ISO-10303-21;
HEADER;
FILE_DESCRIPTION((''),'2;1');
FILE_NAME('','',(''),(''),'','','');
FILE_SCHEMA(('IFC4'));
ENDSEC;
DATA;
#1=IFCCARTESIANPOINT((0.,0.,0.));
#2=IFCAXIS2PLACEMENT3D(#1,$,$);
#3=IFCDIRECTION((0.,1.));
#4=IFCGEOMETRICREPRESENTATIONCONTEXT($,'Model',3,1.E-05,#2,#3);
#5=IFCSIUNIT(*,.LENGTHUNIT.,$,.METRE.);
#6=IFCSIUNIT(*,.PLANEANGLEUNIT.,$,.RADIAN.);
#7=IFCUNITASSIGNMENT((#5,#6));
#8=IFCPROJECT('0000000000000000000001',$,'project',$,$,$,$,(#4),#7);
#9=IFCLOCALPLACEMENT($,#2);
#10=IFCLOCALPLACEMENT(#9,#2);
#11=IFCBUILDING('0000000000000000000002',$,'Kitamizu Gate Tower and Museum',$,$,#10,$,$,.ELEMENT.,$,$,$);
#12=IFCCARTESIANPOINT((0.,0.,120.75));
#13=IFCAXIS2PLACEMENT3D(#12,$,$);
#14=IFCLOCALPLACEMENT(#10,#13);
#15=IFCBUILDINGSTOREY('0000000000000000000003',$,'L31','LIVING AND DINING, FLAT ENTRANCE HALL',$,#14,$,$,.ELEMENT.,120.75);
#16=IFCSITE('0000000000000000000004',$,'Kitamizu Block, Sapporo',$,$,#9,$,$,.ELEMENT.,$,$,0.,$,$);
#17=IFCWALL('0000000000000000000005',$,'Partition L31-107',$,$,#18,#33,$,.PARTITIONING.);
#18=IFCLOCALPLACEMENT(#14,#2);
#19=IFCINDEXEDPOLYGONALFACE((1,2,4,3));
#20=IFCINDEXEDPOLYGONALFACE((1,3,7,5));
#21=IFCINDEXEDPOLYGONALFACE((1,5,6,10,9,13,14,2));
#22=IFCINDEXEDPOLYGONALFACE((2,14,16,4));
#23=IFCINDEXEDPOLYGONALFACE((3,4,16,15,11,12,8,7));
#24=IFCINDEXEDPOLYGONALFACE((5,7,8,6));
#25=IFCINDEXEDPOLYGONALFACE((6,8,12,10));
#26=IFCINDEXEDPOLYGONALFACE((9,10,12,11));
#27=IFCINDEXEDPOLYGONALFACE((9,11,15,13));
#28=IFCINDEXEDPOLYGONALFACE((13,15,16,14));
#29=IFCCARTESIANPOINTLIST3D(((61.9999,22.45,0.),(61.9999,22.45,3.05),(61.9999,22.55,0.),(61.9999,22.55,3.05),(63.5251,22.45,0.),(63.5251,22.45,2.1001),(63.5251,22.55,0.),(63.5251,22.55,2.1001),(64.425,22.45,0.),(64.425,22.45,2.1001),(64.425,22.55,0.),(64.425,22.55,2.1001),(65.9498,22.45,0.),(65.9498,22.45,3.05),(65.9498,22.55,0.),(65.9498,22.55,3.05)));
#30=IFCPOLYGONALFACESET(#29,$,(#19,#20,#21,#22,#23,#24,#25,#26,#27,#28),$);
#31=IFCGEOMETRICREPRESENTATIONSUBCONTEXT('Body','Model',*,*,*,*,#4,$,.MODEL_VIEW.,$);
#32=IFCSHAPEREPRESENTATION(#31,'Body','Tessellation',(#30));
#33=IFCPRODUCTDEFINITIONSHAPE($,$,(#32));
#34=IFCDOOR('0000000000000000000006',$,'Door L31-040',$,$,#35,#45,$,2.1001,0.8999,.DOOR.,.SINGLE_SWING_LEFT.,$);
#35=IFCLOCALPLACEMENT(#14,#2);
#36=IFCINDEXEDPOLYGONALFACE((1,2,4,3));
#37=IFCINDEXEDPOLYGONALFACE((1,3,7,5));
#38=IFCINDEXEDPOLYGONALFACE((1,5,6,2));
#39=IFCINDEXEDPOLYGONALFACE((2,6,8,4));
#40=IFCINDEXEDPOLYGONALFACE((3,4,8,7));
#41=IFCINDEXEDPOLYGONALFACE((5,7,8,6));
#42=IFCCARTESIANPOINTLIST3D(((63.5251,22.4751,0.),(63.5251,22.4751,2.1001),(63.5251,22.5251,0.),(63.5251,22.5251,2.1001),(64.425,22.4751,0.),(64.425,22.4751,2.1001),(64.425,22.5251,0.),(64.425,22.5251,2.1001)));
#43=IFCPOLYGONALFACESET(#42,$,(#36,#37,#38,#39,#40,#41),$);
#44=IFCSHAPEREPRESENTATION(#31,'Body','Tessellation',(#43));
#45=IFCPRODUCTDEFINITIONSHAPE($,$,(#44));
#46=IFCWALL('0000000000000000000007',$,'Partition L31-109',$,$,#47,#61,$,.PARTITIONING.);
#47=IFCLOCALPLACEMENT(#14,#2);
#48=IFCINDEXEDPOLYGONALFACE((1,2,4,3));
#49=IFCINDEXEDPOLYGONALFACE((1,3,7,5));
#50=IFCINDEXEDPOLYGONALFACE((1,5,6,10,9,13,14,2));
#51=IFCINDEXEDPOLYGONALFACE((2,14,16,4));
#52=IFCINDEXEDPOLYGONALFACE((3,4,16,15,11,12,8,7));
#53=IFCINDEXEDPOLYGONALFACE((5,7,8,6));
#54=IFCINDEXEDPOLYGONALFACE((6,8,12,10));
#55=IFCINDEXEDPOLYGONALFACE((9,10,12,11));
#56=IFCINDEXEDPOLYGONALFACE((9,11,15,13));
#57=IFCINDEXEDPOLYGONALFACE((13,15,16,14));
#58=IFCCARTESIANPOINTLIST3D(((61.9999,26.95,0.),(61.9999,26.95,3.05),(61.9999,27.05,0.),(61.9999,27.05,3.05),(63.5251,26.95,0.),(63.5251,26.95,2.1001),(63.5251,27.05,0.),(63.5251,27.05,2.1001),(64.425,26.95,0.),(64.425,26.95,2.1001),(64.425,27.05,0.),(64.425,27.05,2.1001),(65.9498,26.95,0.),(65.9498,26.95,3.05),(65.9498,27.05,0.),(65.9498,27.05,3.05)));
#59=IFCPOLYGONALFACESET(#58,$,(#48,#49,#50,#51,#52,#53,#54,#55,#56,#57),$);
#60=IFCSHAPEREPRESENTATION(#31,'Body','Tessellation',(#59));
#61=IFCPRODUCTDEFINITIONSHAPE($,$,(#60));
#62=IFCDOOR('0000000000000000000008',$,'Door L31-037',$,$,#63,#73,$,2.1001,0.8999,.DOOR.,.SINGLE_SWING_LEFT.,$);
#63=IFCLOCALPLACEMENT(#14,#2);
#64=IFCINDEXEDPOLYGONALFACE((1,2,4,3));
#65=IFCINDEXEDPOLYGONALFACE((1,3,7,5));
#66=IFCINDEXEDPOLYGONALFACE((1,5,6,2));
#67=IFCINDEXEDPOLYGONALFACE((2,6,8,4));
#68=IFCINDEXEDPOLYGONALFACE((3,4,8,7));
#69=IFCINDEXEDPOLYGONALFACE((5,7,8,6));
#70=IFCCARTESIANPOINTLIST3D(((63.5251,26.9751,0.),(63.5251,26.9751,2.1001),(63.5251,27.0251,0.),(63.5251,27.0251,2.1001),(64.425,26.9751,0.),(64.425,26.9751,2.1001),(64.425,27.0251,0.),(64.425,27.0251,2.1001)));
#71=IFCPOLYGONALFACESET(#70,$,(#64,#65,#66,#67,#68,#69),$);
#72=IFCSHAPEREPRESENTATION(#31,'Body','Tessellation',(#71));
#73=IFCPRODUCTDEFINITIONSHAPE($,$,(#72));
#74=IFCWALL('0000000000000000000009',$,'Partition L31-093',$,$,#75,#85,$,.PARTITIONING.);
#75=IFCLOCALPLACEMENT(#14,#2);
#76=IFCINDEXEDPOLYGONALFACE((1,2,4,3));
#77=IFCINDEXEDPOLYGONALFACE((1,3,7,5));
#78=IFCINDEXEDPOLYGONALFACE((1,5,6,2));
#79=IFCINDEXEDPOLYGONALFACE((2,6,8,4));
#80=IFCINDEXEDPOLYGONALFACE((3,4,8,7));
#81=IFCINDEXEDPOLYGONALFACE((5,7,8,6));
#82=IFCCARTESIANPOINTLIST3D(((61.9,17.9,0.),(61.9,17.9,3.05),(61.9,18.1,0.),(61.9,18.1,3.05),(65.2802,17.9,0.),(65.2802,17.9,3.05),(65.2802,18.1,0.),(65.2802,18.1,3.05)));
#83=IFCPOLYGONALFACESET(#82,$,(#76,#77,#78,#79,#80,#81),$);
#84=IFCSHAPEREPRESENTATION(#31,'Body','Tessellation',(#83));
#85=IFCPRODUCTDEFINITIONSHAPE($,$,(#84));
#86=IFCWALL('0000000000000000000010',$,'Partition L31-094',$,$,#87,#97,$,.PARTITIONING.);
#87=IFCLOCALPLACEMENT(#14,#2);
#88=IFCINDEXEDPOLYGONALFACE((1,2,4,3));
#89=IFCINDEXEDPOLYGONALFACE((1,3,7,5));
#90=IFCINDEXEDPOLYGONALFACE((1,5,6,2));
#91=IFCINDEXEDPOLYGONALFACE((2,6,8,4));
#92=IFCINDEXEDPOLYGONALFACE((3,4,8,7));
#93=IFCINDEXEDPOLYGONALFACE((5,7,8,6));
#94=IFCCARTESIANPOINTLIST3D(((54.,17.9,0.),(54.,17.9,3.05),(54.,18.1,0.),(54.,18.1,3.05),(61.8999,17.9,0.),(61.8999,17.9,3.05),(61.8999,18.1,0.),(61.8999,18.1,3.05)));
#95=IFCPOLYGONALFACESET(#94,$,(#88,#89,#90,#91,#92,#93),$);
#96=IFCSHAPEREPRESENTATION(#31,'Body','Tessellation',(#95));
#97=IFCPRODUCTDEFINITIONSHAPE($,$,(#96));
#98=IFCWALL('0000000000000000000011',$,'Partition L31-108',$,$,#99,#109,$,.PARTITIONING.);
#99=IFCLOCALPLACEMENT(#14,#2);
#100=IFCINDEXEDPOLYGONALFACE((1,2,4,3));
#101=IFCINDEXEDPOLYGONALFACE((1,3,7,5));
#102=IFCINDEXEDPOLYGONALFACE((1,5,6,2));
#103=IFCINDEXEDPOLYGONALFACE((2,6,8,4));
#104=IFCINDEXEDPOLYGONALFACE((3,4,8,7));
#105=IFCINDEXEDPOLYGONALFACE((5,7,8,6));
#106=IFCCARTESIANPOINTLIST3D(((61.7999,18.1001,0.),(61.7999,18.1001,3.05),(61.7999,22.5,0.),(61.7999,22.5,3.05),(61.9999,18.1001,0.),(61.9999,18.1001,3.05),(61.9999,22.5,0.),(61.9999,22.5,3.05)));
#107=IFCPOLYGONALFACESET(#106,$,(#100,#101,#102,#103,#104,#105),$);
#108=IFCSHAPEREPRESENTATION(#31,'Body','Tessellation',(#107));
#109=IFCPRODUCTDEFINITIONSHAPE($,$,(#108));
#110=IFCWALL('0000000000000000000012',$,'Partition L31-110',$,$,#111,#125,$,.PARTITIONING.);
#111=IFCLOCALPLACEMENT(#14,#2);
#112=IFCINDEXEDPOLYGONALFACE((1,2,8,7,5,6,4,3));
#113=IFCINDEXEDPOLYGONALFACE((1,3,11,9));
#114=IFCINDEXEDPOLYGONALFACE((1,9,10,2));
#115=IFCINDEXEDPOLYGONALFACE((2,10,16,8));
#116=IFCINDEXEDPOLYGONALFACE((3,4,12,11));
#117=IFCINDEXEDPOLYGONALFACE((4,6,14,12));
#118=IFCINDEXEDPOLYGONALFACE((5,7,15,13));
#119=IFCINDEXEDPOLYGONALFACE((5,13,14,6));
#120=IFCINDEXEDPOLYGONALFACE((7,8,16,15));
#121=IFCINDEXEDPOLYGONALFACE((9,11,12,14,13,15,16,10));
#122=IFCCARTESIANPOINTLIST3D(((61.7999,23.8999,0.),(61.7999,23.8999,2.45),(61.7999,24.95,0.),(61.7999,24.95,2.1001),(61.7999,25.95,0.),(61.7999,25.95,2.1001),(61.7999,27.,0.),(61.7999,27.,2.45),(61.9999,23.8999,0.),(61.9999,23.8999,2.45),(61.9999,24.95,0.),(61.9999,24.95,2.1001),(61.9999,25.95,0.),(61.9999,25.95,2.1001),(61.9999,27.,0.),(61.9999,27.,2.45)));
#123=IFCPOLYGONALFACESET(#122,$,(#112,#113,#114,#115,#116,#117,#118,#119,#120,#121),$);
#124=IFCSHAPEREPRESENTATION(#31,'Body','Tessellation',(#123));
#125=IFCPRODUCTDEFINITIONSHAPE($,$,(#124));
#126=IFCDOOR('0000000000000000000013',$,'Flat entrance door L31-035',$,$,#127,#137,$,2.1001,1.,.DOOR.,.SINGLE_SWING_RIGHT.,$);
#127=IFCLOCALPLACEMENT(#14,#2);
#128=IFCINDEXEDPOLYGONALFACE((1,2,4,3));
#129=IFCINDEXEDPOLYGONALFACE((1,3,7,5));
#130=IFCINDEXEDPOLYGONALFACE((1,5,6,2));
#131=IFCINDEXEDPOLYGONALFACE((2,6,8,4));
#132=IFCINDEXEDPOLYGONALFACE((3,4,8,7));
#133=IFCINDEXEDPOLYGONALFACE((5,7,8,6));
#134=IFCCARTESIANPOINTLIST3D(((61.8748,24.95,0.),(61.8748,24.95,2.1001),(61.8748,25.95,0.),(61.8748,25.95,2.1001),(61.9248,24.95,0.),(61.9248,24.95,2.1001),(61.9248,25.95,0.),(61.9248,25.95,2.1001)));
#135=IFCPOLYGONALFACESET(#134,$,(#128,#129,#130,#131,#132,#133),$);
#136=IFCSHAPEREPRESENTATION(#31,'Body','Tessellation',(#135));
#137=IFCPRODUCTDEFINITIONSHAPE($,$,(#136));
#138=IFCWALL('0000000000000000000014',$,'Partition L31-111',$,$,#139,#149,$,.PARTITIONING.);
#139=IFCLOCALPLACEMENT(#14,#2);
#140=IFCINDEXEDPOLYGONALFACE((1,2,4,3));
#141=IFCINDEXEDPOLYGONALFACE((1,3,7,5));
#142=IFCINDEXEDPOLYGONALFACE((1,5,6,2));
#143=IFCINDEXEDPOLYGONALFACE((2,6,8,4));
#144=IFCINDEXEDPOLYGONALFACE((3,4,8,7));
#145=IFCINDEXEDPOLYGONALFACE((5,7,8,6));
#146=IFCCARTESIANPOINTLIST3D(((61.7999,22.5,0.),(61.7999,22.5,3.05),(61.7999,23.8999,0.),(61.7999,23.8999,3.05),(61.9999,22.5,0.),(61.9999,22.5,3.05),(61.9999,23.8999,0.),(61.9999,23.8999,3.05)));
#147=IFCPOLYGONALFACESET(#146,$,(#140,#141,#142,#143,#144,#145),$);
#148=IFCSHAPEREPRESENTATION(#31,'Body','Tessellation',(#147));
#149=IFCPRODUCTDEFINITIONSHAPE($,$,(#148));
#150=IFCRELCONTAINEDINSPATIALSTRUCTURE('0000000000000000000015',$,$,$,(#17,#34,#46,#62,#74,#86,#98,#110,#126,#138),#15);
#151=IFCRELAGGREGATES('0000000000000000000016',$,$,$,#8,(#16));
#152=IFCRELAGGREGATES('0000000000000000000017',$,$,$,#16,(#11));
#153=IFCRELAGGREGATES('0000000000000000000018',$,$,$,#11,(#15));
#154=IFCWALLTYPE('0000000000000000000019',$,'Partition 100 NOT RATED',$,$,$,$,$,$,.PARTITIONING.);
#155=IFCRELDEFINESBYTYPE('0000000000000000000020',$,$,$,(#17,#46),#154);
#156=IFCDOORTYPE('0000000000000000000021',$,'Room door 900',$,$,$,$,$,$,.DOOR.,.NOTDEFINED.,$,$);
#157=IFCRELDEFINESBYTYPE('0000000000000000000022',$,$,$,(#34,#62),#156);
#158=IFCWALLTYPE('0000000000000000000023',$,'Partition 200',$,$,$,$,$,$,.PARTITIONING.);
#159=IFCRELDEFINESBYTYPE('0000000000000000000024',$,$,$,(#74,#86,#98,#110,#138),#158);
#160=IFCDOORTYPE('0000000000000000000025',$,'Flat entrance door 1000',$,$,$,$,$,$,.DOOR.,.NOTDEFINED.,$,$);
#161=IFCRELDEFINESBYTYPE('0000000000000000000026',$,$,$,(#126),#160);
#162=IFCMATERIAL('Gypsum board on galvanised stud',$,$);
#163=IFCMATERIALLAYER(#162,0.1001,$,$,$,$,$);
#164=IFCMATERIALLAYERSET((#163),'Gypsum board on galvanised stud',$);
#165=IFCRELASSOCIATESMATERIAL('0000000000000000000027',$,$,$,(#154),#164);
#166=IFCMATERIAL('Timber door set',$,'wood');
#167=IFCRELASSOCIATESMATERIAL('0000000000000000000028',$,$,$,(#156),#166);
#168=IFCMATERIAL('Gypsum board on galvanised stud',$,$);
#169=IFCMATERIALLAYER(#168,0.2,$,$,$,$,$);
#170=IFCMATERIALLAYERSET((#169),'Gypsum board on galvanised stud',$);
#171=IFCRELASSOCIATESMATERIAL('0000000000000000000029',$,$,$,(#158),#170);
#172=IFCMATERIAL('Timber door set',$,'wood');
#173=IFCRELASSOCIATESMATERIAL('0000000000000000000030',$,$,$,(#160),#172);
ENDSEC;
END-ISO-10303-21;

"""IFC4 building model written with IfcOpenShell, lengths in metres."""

from ifc_helpers import new_model, si_unit, direction, frame, frame_2d, origin, place, context, subcontext, project, spatial, rectangle, extrude, material, layer, layer_set, type_object, element, fill, save


model = new_model("IFC4")

# Units and contexts
model_context = context("Model", 3, precision=1e-05, world=origin(), true_north=direction((0.0, 1.0)))
body_context = subcontext(model_context, "Body", "Model", "MODEL_VIEW")
ifc_project = project(units=[si_unit("LENGTHUNIT", "METRE"), si_unit("PLANEANGLEUNIT", "RADIAN")], contexts=[model_context])

# Site, building, storey
site_placement = place(None, origin())
site = spatial("IfcSite", under=ifc_project, at=site_placement, Name="Kitamizu Block, Sapporo", CompositionType="ELEMENT", RefElevation=0.0)
building_placement = place(site_placement, origin())
building = spatial("IfcBuilding", under=site, at=building_placement, Name="Kitamizu Gate Tower and Museum", CompositionType="ELEMENT")
storey_placement = place(building_placement, frame((0.0, 0.0, 120.75)))
storey = spatial("IfcBuildingStorey", under=building, at=storey_placement, Name="L31", Description="LIVING AND DINING, FLAT ENTRANCE HALL", CompositionType="ELEMENT", Elevation=120.75)

# Shared definitions
ifc_material_1 = material(Name="Gypsum board on galvanised stud")
ifc_layer_1 = layer(ifc_material_1, 0.1001)
ifc_layer_set_1 = layer_set([ifc_layer_1], Name="Gypsum board on galvanised stud")
wall_type_1 = type_object("IfcWallType", Name="Partition 100 NOT RATED", PredefinedType="PARTITIONING", material=ifc_layer_set_1)

# Shared definitions
ifc_material_2 = material(Name="Timber door set", Category="wood")
door_type_1 = type_object("IfcDoorType", Name="Room door 900", OperationType="NOTDEFINED", PredefinedType="DOOR", material=ifc_material_2)

# Walls, openings, doors
wall_1_placement = place(storey_placement, frame((65.95, 22.5, 0.0), z_axis=(0.0, 0.0, 1.0), x_axis=(-1.0, 0.0, 0.0)))
wall_1 = element("IfcWall", 1, at=wall_1_placement, inside=storey, type_object=wall_type_1, Name="Partition L31-107", PredefinedType="PARTITIONING", context=body_context, shape_type="SweptSolid", body=[
    extrude(rectangle(XDim=3.95, YDim=0.1001, at=frame_2d((1.9751, 0.0))), origin(), (0.0, 0.0, 1.0), 3.05),
])
opening_1_placement = place(wall_1_placement, frame((1.5249, 0.0, 0.0)))
opening_1 = element("IfcOpeningElement", 2, at=opening_1_placement, cuts=wall_1, PredefinedType="OPENING", context=body_context, shape_type="SweptSolid", body=[
    extrude(rectangle(XDim=0.8999, YDim=2.1001, at=frame_2d((0.45, 1.05))), frame((0.0, 0.0601, 0.0), z_axis=(0.0, -1.0, 0.0), x_axis=(1.0, 0.0, 0.0)), (0.0, 0.0, 1.0), 0.1201),
])
door_1_placement = place(opening_1_placement, origin())
door_1 = element("IfcDoor", 3, at=door_1_placement, inside=storey, type_object=door_type_1, Name="Door L31-040", OperationType="SINGLE_SWING_LEFT", OverallHeight=2.1001, OverallWidth=0.8999, PredefinedType="DOOR", context=body_context, shape_type="SweptSolid", body=[
    extrude(rectangle(XDim=0.8999, YDim=2.1001, at=frame_2d((0.45, 1.05))), frame((0.0, 0.0249, 0.0), z_axis=(0.0, -1.0, 0.0), x_axis=(1.0, 0.0, 0.0)), (0.0, 0.0, 1.0), 0.05),
])
fill(opening_1, door_1)
wall_2_placement = place(storey_placement, frame((65.95, 27.0, 0.0), z_axis=(0.0, 0.0, 1.0), x_axis=(-1.0, 0.0, 0.0)))
wall_2 = element("IfcWall", 4, at=wall_2_placement, inside=storey, type_object=wall_type_1, Name="Partition L31-109", PredefinedType="PARTITIONING", context=body_context, shape_type="SweptSolid", body=[
    extrude(rectangle(XDim=3.95, YDim=0.1001, at=frame_2d((1.9751, 0.0))), origin(), (0.0, 0.0, 1.0), 3.05),
])
opening_2_placement = place(wall_2_placement, frame((1.5249, 0.0, 0.0)))
opening_2 = element("IfcOpeningElement", 5, at=opening_2_placement, cuts=wall_2, PredefinedType="OPENING", context=body_context, shape_type="SweptSolid", body=[
    extrude(rectangle(XDim=0.8999, YDim=2.1001, at=frame_2d((0.45, 1.05))), frame((0.0, 0.0601, 0.0), z_axis=(0.0, -1.0, 0.0), x_axis=(1.0, 0.0, 0.0)), (0.0, 0.0, 1.0), 0.1201),
])
door_2_placement = place(opening_2_placement, origin())
door_2 = element("IfcDoor", 6, at=door_2_placement, inside=storey, type_object=door_type_1, Name="Door L31-037", OperationType="SINGLE_SWING_LEFT", OverallHeight=2.1001, OverallWidth=0.8999, PredefinedType="DOOR", context=body_context, shape_type="SweptSolid", body=[
    extrude(rectangle(XDim=0.8999, YDim=2.1001, at=frame_2d((0.45, 1.05))), frame((0.0, 0.0249, 0.0), z_axis=(0.0, -1.0, 0.0), x_axis=(1.0, 0.0, 0.0)), (0.0, 0.0, 1.0), 0.05),
])
fill(opening_2, door_2)

# Walls
ifc_material_3 = material(Name="Gypsum board on galvanised stud")
ifc_layer_2 = layer(ifc_material_3, 0.2)
ifc_layer_set_2 = layer_set([ifc_layer_2], Name="Gypsum board on galvanised stud")
wall_type_2 = type_object("IfcWallType", Name="Partition 200", PredefinedType="PARTITIONING", material=ifc_layer_set_2)
wall_3_placement = place(storey_placement, frame((65.28, 18.0, 0.0), z_axis=(0.0, 0.0, 1.0), x_axis=(-1.0, 0.0, 0.0)))
element("IfcWall", 7, at=wall_3_placement, inside=storey, type_object=wall_type_2, Name="Partition L31-093", PredefinedType="PARTITIONING", context=body_context, shape_type="SweptSolid", body=[
    extrude(rectangle(XDim=3.3801, YDim=0.2, at=frame_2d((1.6899, 0.0))), origin(), (0.0, 0.0, 1.0), 3.05),
])
wall_4_placement = place(storey_placement, frame((61.8999, 18.0, 0.0), z_axis=(0.0, 0.0, 1.0), x_axis=(-1.0, 0.0, 0.0)))
element("IfcWall", 8, at=wall_4_placement, inside=storey, type_object=wall_type_2, Name="Partition L31-094", PredefinedType="PARTITIONING", context=body_context, shape_type="SweptSolid", body=[
    extrude(rectangle(XDim=7.8999, YDim=0.2, at=frame_2d((3.95, 0.0))), origin(), (0.0, 0.0, 1.0), 3.05),
])
wall_5_placement = place(storey_placement, frame((61.8999, 22.5, 0.0), z_axis=(0.0, 0.0, 1.0), x_axis=(0.0, -1.0, 0.0)))
element("IfcWall", 9, at=wall_5_placement, inside=storey, type_object=wall_type_2, Name="Partition L31-108", PredefinedType="PARTITIONING", context=body_context, shape_type="SweptSolid", body=[
    extrude(rectangle(XDim=4.3999, YDim=0.2, at=frame_2d((2.2, 0.0))), origin(), (0.0, 0.0, 1.0), 3.05),
])

# Wall, opening, door
wall_6_placement = place(storey_placement, frame((61.8999, 27.0, 0.0), z_axis=(0.0, 0.0, 1.0), x_axis=(0.0, -1.0, 0.0)))
wall_6 = element("IfcWall", 10, at=wall_6_placement, inside=storey, type_object=wall_type_2, Name="Partition L31-110", PredefinedType="PARTITIONING", context=body_context, shape_type="SweptSolid", body=[
    extrude(rectangle(XDim=3.1001, YDim=0.2, at=frame_2d((1.55, 0.0))), origin(), (0.0, 0.0, 1.0), 2.45),
])
opening_3_placement = place(wall_6_placement, frame((1.05, 0.0, 0.0)))
opening_3 = element("IfcOpeningElement", 11, at=opening_3_placement, cuts=wall_6, PredefinedType="OPENING", context=body_context, shape_type="SweptSolid", body=[
    extrude(rectangle(XDim=1.0, YDim=2.1001, at=frame_2d((0.5, 1.05))), frame((0.0, 0.1099, 0.0), z_axis=(0.0, -1.0, 0.0), x_axis=(1.0, 0.0, 0.0)), (0.0, 0.0, 1.0), 0.22),
])
ifc_material_4 = material(Name="Timber door set", Category="wood")
door_type_2 = type_object("IfcDoorType", Name="Flat entrance door 1000", OperationType="NOTDEFINED", PredefinedType="DOOR", material=ifc_material_4)
door_3_placement = place(opening_3_placement, origin())
door_3 = element("IfcDoor", 12, at=door_3_placement, inside=storey, type_object=door_type_2, Name="Flat entrance door L31-035", OperationType="SINGLE_SWING_RIGHT", OverallHeight=2.1001, OverallWidth=1.0, PredefinedType="DOOR", context=body_context, shape_type="SweptSolid", body=[
    extrude(rectangle(XDim=1.0, YDim=2.1001, at=frame_2d((0.5, 1.05))), frame((0.0, 0.0249, 0.0), z_axis=(0.0, -1.0, 0.0), x_axis=(1.0, 0.0, 0.0)), (0.0, 0.0, 1.0), 0.05),
])
fill(opening_3, door_3)

# Wall
wall_7_placement = place(storey_placement, frame((61.8999, 23.8999, 0.0), z_axis=(0.0, 0.0, 1.0), x_axis=(0.0, -1.0, 0.0)))
element("IfcWall", 13, at=wall_7_placement, inside=storey, type_object=wall_type_2, Name="Partition L31-111", PredefinedType="PARTITIONING", context=body_context, shape_type="SweptSolid", body=[
    extrude(rectangle(XDim=1.3999, YDim=0.2, at=frame_2d((0.7, 0.0))), origin(), (0.0, 0.0, 1.0), 3.05),
])

save(model, "model.ifc")
